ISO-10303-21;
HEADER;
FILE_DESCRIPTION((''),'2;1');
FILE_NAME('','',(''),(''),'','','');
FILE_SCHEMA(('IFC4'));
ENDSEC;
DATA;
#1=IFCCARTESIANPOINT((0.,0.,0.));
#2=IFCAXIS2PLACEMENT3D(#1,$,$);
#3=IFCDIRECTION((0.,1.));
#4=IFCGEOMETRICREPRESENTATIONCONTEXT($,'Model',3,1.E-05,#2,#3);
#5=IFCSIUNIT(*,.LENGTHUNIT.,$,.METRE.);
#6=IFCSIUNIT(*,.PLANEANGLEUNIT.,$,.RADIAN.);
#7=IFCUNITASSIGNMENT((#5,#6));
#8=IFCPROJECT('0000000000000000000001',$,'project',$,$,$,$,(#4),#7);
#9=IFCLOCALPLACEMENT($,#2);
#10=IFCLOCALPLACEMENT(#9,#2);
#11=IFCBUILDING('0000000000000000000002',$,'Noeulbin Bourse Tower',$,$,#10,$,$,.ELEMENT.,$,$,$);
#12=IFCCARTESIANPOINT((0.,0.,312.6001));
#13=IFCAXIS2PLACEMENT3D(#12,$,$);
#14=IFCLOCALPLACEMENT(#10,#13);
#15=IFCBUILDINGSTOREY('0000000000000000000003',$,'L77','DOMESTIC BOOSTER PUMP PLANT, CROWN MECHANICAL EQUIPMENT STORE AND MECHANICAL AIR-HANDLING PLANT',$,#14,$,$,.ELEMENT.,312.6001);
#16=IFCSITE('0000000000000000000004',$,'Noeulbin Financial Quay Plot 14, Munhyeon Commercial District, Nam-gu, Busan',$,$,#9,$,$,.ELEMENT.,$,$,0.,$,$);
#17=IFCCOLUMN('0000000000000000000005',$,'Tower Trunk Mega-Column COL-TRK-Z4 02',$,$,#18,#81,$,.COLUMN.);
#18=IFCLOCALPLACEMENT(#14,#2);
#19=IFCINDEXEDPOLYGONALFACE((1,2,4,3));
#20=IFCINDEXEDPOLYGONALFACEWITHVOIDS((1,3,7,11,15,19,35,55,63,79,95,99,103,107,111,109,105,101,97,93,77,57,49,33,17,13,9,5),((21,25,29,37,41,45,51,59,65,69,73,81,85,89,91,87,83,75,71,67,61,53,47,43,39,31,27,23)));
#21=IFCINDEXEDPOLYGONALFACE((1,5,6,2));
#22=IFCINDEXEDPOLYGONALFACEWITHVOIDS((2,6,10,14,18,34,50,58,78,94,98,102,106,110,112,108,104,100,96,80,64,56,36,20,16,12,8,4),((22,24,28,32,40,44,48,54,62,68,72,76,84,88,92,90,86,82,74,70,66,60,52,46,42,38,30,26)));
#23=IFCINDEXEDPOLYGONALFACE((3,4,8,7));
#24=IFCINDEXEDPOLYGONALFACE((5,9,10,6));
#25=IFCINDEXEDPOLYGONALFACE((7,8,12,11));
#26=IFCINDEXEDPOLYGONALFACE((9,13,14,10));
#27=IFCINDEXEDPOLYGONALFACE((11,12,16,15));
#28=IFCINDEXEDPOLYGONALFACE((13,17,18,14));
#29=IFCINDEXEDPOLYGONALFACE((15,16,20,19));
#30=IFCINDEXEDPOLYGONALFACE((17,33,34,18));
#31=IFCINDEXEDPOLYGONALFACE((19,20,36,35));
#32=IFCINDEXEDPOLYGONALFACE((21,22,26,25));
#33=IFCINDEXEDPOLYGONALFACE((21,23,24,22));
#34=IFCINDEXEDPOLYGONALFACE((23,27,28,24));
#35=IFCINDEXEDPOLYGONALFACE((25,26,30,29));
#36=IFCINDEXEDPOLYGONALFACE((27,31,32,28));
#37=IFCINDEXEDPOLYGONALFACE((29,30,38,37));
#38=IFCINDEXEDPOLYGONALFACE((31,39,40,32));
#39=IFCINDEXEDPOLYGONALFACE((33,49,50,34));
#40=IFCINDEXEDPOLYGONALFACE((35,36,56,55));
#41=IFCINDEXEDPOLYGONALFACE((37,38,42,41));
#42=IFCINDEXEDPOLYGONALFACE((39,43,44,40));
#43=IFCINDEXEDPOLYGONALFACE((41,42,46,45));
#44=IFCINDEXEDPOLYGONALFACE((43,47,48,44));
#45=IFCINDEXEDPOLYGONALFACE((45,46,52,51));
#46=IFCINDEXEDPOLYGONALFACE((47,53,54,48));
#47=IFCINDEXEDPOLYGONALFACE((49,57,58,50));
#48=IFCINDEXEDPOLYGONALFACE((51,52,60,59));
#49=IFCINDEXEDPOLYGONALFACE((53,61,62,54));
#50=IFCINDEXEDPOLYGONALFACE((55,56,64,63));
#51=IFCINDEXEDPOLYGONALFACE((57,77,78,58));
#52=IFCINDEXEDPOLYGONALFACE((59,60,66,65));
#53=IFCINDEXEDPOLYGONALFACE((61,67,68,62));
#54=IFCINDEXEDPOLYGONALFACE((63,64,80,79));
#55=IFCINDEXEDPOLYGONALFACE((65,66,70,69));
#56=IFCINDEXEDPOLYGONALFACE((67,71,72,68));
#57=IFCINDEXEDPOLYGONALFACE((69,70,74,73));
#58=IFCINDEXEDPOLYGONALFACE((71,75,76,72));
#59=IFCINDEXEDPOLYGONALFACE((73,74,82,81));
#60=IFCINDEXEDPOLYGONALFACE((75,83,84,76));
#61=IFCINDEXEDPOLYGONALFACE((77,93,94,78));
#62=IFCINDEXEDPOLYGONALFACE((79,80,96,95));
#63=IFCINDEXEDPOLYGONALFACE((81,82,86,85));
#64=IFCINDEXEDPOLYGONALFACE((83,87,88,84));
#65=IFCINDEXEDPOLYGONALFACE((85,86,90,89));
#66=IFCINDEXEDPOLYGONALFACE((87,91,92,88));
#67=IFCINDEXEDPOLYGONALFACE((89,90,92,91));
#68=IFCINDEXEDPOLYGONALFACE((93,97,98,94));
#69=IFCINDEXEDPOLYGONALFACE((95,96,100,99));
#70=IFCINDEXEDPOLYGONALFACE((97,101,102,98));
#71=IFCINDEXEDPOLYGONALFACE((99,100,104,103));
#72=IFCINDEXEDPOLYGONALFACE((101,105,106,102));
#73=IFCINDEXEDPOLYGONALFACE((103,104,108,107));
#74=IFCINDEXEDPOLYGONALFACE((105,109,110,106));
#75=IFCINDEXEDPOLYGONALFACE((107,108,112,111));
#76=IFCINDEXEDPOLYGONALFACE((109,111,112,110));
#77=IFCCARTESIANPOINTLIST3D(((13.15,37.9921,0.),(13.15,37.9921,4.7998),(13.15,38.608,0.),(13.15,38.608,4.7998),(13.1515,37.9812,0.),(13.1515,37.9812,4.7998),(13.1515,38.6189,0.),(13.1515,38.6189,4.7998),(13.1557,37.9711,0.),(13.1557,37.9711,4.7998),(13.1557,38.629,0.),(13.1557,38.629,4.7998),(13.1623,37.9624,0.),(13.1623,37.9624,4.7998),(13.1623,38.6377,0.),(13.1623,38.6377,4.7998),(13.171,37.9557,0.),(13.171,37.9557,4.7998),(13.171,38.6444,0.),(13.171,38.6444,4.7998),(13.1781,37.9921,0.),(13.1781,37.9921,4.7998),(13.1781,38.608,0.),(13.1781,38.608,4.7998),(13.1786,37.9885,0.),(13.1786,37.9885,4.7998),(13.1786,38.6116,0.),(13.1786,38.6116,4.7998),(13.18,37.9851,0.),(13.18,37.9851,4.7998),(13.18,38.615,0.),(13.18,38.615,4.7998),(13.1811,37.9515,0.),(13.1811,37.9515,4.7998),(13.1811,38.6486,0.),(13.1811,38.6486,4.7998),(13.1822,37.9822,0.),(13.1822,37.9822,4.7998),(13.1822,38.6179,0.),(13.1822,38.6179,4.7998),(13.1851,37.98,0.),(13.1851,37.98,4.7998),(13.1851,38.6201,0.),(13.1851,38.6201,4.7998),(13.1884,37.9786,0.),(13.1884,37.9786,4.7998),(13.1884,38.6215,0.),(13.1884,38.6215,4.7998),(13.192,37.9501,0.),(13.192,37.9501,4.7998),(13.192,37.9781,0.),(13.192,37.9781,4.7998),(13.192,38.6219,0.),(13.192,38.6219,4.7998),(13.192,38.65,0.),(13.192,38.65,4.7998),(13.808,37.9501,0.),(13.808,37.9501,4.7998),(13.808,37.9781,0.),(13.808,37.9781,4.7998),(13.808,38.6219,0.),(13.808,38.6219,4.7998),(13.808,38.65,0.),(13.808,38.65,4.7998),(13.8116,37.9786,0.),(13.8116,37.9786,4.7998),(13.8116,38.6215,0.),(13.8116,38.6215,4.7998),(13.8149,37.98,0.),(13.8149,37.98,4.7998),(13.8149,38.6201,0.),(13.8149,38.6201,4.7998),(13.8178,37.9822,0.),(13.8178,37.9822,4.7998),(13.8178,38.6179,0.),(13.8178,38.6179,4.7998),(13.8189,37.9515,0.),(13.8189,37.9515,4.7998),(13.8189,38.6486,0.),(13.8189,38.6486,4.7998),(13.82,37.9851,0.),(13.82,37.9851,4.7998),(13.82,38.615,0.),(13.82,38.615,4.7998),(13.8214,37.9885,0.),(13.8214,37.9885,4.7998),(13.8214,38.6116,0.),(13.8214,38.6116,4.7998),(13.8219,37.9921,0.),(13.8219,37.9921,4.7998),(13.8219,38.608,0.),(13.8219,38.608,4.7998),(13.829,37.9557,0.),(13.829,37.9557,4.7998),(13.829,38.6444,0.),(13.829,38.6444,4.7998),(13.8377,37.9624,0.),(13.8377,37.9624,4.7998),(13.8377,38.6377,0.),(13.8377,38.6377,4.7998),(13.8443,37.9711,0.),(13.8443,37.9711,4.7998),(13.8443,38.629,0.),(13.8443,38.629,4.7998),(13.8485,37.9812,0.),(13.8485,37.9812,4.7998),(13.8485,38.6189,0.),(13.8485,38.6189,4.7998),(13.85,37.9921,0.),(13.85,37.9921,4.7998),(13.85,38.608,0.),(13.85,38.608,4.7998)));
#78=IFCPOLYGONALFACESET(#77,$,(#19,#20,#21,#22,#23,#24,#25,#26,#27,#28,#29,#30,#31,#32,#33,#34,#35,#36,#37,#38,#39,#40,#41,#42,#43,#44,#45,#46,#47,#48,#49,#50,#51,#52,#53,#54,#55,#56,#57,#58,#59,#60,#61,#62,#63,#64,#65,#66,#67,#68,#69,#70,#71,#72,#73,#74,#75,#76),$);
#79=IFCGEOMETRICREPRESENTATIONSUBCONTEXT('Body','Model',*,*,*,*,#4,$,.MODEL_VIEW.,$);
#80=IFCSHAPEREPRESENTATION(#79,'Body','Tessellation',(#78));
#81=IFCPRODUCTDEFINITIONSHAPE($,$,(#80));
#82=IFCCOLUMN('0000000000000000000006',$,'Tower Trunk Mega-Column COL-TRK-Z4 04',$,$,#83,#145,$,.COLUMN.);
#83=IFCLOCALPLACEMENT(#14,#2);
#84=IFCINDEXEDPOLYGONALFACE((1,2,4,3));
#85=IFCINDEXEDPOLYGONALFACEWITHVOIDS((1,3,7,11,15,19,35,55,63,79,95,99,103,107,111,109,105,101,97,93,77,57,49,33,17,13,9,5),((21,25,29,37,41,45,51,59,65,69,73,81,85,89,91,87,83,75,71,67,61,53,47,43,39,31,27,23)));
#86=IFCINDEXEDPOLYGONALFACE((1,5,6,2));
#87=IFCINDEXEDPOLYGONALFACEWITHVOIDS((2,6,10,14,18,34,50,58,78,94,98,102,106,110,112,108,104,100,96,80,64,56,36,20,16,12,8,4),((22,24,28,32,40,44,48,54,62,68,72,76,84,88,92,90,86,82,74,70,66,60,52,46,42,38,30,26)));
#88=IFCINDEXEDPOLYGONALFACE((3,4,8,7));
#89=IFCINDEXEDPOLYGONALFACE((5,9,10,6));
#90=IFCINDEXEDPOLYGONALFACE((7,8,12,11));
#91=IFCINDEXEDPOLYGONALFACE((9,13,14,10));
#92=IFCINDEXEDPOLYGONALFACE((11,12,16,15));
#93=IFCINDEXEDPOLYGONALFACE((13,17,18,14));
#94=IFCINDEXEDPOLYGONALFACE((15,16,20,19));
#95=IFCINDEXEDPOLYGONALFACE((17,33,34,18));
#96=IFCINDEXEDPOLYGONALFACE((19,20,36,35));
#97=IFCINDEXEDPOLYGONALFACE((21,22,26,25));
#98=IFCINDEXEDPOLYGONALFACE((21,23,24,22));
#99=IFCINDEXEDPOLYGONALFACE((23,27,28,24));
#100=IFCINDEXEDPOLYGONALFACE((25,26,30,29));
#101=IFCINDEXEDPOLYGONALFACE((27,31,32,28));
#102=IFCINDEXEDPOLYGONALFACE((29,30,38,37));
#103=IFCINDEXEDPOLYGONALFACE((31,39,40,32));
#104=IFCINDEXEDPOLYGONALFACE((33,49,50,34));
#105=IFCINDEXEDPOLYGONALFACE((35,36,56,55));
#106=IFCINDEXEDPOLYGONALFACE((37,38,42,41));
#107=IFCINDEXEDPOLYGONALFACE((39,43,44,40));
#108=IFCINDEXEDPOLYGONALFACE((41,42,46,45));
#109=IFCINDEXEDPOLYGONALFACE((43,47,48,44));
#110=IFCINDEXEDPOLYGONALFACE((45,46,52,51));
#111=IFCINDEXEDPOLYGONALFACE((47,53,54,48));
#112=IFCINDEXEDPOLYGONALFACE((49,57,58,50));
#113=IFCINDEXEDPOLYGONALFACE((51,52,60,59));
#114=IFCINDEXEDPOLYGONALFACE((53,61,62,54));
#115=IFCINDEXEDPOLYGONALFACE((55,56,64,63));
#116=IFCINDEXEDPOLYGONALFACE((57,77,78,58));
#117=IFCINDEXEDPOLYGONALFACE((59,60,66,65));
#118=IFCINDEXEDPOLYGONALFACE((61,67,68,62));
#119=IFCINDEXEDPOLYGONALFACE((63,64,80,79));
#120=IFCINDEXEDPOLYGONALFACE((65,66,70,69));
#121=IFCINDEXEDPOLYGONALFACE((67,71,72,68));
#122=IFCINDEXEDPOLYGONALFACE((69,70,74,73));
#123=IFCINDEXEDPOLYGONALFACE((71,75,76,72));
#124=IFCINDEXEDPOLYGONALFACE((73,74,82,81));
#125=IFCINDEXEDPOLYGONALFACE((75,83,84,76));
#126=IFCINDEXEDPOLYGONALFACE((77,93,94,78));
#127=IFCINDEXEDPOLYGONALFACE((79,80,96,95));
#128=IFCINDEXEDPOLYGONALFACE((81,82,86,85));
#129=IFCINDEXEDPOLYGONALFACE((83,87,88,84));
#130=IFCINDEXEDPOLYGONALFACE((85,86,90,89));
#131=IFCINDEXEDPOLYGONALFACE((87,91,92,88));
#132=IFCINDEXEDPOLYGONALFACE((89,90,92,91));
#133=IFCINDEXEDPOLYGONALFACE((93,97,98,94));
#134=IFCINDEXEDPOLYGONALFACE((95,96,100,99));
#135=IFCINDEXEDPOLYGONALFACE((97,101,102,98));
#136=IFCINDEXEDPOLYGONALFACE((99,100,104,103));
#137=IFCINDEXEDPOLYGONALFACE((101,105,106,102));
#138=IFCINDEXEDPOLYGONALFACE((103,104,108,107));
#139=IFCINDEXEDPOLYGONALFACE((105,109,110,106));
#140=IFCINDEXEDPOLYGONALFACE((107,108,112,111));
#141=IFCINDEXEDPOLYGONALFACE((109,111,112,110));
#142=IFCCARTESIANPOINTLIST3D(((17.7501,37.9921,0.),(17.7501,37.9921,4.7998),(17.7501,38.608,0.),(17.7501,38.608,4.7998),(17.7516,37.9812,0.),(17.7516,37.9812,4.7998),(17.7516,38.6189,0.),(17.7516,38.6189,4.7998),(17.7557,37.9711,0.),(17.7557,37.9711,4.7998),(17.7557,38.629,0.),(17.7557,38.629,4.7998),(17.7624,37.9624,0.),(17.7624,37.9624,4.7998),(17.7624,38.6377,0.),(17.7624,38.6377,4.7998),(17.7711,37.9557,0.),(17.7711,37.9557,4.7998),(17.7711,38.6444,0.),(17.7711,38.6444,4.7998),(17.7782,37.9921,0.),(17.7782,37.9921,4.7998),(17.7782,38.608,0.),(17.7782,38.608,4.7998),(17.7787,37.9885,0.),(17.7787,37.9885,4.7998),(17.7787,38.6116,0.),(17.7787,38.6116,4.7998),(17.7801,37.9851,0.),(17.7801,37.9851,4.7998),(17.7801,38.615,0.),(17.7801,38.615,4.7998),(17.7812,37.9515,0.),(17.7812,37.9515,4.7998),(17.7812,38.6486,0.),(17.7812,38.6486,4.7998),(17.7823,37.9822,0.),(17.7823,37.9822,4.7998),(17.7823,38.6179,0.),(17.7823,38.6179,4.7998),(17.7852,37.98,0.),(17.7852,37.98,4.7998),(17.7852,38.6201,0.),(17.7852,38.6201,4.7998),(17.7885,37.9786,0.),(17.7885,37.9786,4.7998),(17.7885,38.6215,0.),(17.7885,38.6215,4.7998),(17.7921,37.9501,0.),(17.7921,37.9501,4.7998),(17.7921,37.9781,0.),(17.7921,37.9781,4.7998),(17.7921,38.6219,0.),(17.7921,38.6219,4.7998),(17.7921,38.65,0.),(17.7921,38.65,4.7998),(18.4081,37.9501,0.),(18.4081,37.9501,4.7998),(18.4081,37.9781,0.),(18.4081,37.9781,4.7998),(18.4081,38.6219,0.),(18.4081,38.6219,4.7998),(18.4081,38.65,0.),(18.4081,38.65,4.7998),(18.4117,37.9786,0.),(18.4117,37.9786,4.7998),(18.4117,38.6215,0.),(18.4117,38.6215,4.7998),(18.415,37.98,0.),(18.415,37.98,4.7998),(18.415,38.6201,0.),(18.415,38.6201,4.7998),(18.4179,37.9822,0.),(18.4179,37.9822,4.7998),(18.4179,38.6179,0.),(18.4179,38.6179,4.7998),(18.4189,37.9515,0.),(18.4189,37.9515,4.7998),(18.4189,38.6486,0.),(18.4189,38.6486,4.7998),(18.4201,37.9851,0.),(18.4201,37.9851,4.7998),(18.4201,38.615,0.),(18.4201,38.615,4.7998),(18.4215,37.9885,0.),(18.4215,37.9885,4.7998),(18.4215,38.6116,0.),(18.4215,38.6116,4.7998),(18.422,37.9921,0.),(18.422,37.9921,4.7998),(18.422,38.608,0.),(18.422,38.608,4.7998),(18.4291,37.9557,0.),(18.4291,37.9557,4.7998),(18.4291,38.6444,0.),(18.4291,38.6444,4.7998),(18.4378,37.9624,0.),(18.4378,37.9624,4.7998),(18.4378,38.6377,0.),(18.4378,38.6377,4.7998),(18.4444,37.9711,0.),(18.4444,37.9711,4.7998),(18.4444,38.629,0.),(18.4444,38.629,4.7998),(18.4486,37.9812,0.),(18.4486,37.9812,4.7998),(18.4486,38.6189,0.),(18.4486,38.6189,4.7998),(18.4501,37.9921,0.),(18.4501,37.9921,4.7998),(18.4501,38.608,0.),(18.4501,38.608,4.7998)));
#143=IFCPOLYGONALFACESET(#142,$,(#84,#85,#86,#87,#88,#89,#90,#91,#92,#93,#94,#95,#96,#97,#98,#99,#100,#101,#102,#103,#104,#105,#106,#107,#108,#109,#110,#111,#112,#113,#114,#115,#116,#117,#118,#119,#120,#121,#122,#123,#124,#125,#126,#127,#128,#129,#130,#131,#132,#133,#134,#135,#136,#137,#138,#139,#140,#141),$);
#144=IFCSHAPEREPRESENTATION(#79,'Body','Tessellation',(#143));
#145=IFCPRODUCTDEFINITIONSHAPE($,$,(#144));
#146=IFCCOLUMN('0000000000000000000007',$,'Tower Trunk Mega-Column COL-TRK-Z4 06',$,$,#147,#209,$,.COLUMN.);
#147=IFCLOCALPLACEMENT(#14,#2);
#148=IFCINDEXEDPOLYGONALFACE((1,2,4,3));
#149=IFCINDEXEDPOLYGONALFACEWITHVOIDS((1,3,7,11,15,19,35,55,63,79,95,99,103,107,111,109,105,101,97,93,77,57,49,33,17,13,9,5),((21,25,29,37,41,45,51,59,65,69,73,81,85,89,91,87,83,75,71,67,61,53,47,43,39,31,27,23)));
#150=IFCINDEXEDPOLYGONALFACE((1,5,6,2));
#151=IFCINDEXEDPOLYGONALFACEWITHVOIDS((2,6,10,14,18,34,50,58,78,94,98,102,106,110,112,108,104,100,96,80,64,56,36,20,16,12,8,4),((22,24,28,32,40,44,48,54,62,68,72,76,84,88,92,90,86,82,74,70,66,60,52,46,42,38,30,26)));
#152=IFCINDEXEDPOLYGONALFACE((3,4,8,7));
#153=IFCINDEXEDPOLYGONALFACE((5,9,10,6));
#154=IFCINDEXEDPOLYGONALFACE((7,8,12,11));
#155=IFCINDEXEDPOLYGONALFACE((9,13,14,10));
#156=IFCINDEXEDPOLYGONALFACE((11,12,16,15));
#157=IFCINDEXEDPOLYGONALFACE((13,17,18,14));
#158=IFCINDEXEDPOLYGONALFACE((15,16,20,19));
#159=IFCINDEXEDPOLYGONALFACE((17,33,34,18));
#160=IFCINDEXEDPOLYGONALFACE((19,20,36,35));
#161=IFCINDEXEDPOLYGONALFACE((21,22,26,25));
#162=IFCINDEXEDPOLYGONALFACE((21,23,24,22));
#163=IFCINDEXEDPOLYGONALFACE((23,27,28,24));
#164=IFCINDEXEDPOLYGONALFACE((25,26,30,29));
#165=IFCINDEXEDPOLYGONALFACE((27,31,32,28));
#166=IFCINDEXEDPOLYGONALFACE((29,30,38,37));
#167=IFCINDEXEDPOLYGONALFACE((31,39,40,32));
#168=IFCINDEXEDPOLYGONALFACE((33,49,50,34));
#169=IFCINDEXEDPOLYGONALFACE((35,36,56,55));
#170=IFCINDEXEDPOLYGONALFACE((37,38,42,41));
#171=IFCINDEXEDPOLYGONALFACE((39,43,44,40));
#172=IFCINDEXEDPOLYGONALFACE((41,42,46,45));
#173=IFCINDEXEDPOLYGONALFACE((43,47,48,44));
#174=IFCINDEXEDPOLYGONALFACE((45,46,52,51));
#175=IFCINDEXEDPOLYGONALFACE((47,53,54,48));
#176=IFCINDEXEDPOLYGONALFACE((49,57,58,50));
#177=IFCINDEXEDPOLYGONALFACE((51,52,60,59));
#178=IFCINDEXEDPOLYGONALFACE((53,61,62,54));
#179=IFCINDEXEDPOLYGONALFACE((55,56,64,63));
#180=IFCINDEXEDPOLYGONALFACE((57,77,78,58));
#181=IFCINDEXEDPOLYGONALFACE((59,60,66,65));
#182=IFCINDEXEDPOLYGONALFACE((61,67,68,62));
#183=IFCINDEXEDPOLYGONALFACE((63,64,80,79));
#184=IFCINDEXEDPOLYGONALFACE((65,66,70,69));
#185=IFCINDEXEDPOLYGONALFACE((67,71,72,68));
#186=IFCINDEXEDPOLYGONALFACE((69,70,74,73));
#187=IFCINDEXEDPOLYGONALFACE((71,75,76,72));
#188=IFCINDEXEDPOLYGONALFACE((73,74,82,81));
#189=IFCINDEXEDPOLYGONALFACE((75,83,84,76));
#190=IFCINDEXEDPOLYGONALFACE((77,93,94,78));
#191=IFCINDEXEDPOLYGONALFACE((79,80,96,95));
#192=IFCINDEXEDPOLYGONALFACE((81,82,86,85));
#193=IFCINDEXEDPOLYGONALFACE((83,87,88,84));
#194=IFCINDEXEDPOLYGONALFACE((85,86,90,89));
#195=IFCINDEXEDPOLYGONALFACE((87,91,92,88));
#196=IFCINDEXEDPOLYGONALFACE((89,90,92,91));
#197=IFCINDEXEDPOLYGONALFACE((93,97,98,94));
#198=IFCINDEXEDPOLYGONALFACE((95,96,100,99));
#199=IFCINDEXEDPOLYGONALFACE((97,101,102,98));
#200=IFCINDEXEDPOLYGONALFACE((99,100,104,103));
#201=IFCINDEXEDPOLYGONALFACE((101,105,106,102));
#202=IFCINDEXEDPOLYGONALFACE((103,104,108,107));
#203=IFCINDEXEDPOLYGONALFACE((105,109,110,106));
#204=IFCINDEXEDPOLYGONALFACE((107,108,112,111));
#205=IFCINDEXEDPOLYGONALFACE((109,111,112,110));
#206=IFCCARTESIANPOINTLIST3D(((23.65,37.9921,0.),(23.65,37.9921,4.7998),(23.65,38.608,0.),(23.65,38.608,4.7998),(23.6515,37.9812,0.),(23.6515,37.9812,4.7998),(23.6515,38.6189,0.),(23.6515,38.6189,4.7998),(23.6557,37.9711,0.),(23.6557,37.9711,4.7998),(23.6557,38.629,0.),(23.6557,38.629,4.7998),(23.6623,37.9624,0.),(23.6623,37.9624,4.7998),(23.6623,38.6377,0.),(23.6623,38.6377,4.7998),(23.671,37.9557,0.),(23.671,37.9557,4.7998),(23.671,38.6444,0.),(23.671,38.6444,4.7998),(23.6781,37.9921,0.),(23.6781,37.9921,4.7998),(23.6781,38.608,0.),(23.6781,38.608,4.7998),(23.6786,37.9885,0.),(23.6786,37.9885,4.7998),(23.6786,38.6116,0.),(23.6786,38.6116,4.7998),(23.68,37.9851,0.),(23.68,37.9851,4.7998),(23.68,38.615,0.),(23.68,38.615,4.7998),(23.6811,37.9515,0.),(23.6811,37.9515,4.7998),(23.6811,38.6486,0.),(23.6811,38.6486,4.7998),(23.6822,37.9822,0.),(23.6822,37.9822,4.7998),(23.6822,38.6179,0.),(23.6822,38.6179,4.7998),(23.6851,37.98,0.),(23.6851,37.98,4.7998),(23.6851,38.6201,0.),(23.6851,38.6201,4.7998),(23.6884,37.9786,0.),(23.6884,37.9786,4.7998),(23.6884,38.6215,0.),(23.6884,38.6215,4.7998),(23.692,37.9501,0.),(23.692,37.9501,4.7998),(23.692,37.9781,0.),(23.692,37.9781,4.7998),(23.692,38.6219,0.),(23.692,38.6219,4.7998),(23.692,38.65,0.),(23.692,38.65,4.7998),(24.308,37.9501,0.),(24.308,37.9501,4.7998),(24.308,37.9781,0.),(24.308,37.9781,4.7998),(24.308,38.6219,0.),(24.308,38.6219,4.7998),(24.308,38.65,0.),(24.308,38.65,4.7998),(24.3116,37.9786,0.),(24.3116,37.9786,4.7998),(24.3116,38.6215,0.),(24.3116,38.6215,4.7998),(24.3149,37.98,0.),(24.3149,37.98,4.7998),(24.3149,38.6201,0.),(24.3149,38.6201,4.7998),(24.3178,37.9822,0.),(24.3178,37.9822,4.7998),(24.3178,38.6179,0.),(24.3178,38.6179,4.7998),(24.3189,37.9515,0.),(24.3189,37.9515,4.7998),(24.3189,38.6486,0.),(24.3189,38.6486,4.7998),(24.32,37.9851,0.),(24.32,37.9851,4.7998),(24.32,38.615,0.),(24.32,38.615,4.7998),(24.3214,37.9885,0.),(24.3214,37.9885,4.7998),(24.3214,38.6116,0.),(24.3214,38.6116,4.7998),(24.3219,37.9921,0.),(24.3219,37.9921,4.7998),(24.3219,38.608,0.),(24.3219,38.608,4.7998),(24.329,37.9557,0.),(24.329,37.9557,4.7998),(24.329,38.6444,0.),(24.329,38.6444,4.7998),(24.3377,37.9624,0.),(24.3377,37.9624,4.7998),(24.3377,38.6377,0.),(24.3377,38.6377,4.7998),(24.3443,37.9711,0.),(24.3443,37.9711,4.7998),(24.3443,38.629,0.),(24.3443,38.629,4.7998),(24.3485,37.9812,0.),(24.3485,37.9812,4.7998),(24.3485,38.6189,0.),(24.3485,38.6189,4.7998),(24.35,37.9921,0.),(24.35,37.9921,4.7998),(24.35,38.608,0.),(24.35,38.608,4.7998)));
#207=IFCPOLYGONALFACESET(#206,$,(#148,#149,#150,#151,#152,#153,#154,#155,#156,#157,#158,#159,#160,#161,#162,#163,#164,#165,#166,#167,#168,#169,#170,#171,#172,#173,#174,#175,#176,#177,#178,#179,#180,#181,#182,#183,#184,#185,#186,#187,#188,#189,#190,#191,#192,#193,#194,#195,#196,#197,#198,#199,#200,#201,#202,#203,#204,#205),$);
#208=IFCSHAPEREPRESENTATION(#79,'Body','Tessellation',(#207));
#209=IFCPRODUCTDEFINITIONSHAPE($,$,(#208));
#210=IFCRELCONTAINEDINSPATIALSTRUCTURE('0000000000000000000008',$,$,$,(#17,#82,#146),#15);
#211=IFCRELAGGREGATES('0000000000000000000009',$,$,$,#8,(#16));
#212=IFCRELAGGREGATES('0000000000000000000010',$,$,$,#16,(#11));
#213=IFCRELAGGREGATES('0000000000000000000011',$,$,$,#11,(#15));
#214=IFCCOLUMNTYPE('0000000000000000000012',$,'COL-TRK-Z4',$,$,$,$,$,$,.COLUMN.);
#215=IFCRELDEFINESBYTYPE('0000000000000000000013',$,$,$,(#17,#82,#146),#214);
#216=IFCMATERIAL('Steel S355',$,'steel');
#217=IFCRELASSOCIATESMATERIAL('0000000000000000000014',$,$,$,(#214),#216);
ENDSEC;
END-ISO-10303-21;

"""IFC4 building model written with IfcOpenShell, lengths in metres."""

from ifc_helpers import new_model, si_unit, direction, frame, origin, origin_2d, place, context, subcontext, project, spatial, hollow_rectangle, extrude, material, material_profile, profile_set, type_object, element, save


model = new_model("IFC4")

# Units and contexts
model_context = context("Model", 3, precision=1e-05, world=origin(), true_north=direction((0.0, 1.0)))
body_context = subcontext(model_context, "Body", "Model", "MODEL_VIEW")
ifc_project = project(units=[si_unit("LENGTHUNIT", "METRE"), si_unit("PLANEANGLEUNIT", "RADIAN")], contexts=[model_context])

# Site, building, storey
site_placement = place(None, origin())
site = spatial("IfcSite", under=ifc_project, at=site_placement, Name="Noeulbin Financial Quay Plot 14, Munhyeon Commercial District, Nam-gu, Busan", CompositionType="ELEMENT", RefElevation=0.0)
building_placement = place(site_placement, origin())
building = spatial("IfcBuilding", under=site, at=building_placement, Name="Noeulbin Bourse Tower", CompositionType="ELEMENT")
storey_placement = place(building_placement, frame((0.0, 0.0, 312.6001)))
storey = spatial("IfcBuildingStorey", under=building, at=storey_placement, Name="L77", Description="DOMESTIC BOOSTER PUMP PLANT, CROWN MECHANICAL EQUIPMENT STORE AND MECHANICAL AIR-HANDLING PLANT", CompositionType="ELEMENT", Elevation=312.6001)

# Columns
ifc_material_1 = material(Name="Steel S355", Category="steel")
ifc_material_profile_1 = material_profile(ifc_material_1, hollow_rectangle(XDim=0.7, YDim=0.7, WallThickness=0.0281, InnerFilletRadius=0.0139, OuterFilletRadius=0.042, at=origin_2d()), Name="BOX-700x700x28", Category="LoadBearing")
ifc_profile_set_1 = profile_set([ifc_material_profile_1], Name="Steel S355")
column_type = type_object("IfcColumnType", Name="COL-TRK-Z4", PredefinedType="COLUMN", material=ifc_profile_set_1)
for number, where, z_axis, x_axis, name in (
    (1, (13.5, 38.3, 0.0), (0.0, 0.0, 1.0), (1.0, 0.0, 0.0), "Tower Trunk Mega-Column COL-TRK-Z4 02"),
    (2, (18.1001, 38.3, 0.0), (0.0, 0.0, 1.0), (1.0, 0.0, 0.0), "Tower Trunk Mega-Column COL-TRK-Z4 04"),
    (3, (24.0, 38.3, 0.0), (0.0, 0.0, 1.0), (1.0, 0.0, 0.0), "Tower Trunk Mega-Column COL-TRK-Z4 06"),
):
    element("IfcColumn", number, at=place(storey_placement, frame(where, z_axis=z_axis, x_axis=x_axis)), inside=storey, type_object=column_type, Name=name, PredefinedType="COLUMN", context=body_context, shape_type="SweptSolid", body=[
        extrude(hollow_rectangle(XDim=0.7, YDim=0.7, WallThickness=0.0281, InnerFilletRadius=0.0139, OuterFilletRadius=0.042, at=origin_2d()), origin(), (0.0, 0.0, 1.0), 4.7998),
    ])

save(model, "model.ifc")
